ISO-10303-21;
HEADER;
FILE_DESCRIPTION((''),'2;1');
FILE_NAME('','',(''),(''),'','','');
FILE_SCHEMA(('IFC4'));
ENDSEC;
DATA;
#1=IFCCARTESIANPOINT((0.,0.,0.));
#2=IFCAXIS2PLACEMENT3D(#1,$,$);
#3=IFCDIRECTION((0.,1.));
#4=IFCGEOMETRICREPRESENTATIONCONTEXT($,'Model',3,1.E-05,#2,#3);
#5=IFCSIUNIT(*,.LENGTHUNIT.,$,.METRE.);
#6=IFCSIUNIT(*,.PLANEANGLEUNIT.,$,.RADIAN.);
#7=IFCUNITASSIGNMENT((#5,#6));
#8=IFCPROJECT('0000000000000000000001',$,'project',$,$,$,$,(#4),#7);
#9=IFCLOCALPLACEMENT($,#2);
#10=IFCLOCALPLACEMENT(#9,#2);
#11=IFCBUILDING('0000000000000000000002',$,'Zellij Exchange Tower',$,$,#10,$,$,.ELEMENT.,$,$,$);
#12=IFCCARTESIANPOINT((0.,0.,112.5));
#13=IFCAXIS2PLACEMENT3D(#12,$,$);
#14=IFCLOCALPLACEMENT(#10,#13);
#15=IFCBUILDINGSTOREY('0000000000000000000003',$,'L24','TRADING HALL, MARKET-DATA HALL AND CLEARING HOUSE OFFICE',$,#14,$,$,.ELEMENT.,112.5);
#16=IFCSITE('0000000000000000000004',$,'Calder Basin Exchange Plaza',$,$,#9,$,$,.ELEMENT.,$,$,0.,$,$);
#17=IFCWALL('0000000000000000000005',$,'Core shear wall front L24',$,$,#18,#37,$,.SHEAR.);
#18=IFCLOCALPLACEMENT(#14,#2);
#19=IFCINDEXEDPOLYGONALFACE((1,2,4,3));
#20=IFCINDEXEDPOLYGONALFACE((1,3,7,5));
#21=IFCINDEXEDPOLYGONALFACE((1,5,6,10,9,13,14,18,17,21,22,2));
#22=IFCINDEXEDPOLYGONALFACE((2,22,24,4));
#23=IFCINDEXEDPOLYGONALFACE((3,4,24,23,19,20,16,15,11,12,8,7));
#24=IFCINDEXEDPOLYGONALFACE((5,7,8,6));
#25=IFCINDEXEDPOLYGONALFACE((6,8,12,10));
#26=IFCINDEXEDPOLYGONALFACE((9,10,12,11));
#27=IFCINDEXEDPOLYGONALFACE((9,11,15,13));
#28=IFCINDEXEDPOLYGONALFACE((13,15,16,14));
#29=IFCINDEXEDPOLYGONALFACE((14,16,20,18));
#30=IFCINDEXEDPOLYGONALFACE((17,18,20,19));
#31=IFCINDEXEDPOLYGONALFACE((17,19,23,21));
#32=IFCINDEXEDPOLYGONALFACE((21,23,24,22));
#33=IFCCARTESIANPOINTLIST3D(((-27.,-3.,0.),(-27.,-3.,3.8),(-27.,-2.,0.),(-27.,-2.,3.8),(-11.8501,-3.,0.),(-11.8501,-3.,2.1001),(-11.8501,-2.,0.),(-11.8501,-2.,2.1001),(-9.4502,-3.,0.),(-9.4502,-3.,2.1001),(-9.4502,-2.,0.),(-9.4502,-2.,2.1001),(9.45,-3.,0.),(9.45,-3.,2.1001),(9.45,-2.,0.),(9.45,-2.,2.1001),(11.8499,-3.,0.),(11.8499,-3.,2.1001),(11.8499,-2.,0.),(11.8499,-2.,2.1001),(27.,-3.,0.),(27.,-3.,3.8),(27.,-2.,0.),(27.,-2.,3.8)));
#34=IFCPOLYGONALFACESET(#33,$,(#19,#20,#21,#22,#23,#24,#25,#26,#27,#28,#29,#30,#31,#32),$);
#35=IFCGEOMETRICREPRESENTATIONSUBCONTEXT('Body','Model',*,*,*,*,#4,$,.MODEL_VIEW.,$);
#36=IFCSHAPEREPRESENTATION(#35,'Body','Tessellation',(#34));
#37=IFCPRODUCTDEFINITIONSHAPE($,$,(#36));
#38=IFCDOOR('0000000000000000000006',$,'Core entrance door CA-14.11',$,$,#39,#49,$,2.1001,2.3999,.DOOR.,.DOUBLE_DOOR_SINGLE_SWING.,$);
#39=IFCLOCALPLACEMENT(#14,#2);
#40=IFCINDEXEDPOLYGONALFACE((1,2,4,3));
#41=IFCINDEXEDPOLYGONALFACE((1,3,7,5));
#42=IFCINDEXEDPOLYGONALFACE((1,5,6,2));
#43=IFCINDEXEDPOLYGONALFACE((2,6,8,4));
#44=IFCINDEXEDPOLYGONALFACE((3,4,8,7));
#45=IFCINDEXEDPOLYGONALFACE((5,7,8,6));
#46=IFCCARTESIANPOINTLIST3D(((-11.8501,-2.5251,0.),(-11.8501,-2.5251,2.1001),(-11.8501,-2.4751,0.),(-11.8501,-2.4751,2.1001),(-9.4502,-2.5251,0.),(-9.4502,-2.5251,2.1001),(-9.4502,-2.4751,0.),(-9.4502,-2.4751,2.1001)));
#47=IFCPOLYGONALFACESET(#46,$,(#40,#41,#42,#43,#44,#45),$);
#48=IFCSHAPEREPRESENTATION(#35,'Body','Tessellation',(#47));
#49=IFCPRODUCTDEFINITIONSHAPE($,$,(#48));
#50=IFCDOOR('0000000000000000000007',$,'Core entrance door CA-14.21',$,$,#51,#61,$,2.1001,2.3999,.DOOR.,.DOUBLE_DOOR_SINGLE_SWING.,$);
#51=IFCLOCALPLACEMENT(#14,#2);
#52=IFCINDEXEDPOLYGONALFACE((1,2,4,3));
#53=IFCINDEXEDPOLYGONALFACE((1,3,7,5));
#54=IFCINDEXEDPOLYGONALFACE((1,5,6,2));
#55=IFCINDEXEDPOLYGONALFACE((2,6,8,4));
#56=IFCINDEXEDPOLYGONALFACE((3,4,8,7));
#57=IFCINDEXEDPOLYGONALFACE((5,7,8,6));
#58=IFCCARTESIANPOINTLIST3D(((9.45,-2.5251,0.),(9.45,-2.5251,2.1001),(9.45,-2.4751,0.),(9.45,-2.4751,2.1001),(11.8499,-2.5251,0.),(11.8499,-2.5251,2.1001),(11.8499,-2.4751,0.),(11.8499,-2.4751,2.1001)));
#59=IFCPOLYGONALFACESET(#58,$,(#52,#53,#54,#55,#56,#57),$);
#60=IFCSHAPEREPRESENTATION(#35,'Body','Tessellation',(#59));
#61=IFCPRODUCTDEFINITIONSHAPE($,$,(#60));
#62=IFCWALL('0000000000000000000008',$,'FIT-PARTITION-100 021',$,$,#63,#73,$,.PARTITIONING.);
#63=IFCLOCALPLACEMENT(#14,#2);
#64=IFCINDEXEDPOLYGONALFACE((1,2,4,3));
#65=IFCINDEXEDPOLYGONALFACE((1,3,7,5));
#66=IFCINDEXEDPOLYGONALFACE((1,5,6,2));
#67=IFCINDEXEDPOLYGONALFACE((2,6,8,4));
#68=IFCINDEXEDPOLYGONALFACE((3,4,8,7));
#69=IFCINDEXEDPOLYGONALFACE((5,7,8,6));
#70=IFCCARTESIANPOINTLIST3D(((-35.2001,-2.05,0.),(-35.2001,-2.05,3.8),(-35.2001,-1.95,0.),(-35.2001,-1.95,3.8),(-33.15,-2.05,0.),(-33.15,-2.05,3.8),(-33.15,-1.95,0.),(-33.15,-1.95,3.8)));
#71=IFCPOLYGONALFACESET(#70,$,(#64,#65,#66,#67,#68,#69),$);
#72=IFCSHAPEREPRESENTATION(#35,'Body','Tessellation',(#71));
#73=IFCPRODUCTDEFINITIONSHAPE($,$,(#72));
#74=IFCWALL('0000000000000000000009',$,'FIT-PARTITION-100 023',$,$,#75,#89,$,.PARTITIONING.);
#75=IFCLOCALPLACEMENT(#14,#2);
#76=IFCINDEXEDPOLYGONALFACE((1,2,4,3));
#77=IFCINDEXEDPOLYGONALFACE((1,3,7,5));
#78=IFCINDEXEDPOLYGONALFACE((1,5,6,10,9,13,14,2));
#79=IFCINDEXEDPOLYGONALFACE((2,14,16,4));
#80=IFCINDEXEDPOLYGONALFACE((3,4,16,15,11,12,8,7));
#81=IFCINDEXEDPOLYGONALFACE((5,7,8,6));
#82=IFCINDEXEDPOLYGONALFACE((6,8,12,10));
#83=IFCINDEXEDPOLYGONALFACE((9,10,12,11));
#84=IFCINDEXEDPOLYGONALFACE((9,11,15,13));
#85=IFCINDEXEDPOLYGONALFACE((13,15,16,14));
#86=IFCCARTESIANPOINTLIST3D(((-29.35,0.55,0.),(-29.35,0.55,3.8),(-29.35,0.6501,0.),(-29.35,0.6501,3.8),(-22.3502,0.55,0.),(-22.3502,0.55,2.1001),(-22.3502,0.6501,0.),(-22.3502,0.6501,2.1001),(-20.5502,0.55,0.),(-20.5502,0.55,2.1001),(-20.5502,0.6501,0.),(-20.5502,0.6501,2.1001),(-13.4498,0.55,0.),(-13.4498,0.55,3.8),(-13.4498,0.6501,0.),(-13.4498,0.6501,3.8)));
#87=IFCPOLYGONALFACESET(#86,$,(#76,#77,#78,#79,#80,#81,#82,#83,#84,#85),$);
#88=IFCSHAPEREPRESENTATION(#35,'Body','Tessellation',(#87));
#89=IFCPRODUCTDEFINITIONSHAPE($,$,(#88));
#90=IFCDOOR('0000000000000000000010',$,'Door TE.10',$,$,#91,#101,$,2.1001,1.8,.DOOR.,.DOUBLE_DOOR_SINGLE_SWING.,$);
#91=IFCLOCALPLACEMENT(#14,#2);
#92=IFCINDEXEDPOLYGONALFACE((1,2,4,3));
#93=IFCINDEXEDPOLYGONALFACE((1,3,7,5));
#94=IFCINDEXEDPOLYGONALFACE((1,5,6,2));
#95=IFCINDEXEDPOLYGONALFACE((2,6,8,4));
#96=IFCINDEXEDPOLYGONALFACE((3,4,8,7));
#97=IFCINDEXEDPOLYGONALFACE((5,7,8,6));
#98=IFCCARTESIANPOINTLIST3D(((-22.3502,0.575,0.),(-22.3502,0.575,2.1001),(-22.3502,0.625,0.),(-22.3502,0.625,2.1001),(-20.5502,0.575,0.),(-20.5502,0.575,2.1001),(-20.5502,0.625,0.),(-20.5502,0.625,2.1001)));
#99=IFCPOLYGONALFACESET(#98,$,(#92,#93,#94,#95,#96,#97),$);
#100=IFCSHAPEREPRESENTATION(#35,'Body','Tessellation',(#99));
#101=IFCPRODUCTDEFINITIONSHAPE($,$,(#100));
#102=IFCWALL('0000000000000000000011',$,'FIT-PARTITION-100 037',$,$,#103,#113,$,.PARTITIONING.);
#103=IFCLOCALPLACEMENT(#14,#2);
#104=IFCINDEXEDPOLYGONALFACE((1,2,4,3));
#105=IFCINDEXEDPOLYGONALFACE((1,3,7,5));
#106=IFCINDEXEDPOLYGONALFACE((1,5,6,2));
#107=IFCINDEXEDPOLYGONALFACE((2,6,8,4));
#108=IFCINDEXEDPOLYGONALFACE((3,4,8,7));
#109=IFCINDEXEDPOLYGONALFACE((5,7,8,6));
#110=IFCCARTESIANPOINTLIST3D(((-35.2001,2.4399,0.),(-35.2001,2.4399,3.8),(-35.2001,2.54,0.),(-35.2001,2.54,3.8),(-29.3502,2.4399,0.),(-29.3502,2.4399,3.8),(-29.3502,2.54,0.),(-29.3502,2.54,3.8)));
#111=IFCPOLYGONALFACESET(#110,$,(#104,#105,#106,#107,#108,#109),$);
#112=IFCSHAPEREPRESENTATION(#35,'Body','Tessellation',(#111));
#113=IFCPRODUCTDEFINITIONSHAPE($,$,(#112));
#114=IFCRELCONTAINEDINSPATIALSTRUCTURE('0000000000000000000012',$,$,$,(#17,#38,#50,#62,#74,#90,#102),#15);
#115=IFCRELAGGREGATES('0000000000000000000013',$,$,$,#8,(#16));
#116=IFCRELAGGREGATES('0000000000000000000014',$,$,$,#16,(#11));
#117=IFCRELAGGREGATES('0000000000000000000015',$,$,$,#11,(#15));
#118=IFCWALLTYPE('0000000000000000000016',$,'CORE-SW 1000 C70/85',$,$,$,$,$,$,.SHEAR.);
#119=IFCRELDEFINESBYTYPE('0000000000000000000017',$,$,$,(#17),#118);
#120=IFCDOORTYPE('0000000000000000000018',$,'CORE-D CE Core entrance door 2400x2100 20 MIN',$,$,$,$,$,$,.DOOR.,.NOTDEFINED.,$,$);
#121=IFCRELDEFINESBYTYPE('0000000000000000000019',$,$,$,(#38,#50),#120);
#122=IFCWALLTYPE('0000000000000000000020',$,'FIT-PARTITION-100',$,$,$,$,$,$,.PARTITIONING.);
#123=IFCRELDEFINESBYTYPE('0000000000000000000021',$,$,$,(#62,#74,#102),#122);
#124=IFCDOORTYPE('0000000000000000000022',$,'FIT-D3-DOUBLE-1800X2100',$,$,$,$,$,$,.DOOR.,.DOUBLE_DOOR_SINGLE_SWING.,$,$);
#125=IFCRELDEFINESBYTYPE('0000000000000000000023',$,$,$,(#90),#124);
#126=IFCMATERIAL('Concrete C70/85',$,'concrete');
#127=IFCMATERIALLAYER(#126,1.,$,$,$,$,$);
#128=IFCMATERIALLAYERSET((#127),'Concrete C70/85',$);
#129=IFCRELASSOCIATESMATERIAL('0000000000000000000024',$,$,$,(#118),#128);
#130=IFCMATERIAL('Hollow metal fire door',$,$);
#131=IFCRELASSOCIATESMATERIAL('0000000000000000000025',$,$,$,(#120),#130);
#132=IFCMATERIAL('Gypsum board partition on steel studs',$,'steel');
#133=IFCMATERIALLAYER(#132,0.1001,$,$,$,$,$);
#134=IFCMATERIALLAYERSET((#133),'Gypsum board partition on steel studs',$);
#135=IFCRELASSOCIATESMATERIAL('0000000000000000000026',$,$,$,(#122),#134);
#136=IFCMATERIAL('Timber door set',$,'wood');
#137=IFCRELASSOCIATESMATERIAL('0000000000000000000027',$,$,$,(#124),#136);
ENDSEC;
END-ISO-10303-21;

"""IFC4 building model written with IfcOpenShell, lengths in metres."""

from ifc_helpers import new_model, si_unit, direction, frame, frame_2d, origin, place, context, subcontext, project, spatial, rectangle, extrude, material, layer, layer_set, type_object, element, fill, save


model = new_model("IFC4")

# Units and contexts
model_context = context("Model", 3, precision=1e-05, world=origin(), true_north=direction((0.0, 1.0)))
body_context = subcontext(model_context, "Body", "Model", "MODEL_VIEW")
ifc_project = project(units=[si_unit("LENGTHUNIT", "METRE"), si_unit("PLANEANGLEUNIT", "RADIAN")], contexts=[model_context])

# Site, building, storey
site_placement = place(None, origin())
site = spatial("IfcSite", under=ifc_project, at=site_placement, Name="Calder Basin Exchange Plaza", CompositionType="ELEMENT", RefElevation=0.0)
building_placement = place(site_placement, origin())
building = spatial("IfcBuilding", under=site, at=building_placement, Name="Zellij Exchange Tower", CompositionType="ELEMENT")
storey_placement = place(building_placement, frame((0.0, 0.0, 112.5)))
storey = spatial("IfcBuildingStorey", under=building, at=storey_placement, Name="L24", Description="TRADING HALL, MARKET-DATA HALL AND CLEARING HOUSE OFFICE", CompositionType="ELEMENT", Elevation=112.5)

# Shared definitions
ifc_material_1 = material(Name="Concrete C70/85", Category="concrete")

# Wall, openings, doors
ifc_material_2 = material(Name="Hollow metal fire door")
ifc_layer_1 = layer(ifc_material_1, 1.0)
ifc_layer_set_1 = layer_set([ifc_layer_1], Name="Concrete C70/85")
wall_type_1 = type_object("IfcWallType", Name="CORE-SW 1000 C70/85", PredefinedType="SHEAR", material=ifc_layer_set_1)
wall_1_placement = place(storey_placement, frame((-27.0, -2.5, 0.0), z_axis=(0.0, 0.0, 1.0), x_axis=(1.0, 0.0, 0.0)))
wall_1 = element("IfcWall", 1, at=wall_1_placement, inside=storey, type_object=wall_type_1, Name="Core shear wall front L24", PredefinedType="SHEAR", context=body_context, shape_type="SweptSolid", body=[
    extrude(rectangle(XDim=54.0, YDim=1.0, at=frame_2d((27.0, 0.0))), origin(), (0.0, 0.0, 1.0), 3.8),
])
opening_1_placement = place(wall_1_placement, frame((15.1499, 0.0, 0.0)))
opening_1 = element("IfcOpeningElement", 2, at=opening_1_placement, cuts=wall_1, PredefinedType="OPENING", context=body_context, shape_type="SweptSolid", body=[
    extrude(rectangle(XDim=2.3999, YDim=2.1001, at=frame_2d((1.2, 1.05))), frame((0.0, 0.512, 0.0), z_axis=(0.0, -1.0, 0.0), x_axis=(1.0, 0.0, 0.0)), (0.0, 0.0, 1.0), 1.0239),
])
opening_2_placement = place(wall_1_placement, frame((36.45, 0.0, 0.0)))
opening_2 = element("IfcOpeningElement", 3, at=opening_2_placement, cuts=wall_1, PredefinedType="OPENING", context=body_context, shape_type="SweptSolid", body=[
    extrude(rectangle(XDim=2.3999, YDim=2.1001, at=frame_2d((1.2, 1.05))), frame((0.0, 0.512, 0.0), z_axis=(0.0, -1.0, 0.0), x_axis=(1.0, 0.0, 0.0)), (0.0, 0.0, 1.0), 1.0239),
])
door_type_1 = type_object("IfcDoorType", Name="CORE-D CE Core entrance door 2400x2100 20 MIN", OperationType="NOTDEFINED", PredefinedType="DOOR", material=ifc_material_2)
door_1_placement = place(opening_1_placement, origin())
door_1 = element("IfcDoor", 4, at=door_1_placement, inside=storey, type_object=door_type_1, Name="Core entrance door CA-14.11", OperationType="DOUBLE_DOOR_SINGLE_SWING", OverallHeight=2.1001, OverallWidth=2.3999, PredefinedType="DOOR", context=body_context, shape_type="SweptSolid", body=[
    extrude(rectangle(XDim=2.3999, YDim=2.1001, at=frame_2d((1.2, 1.05))), frame((0.0, 0.0249, 0.0), z_axis=(0.0, -1.0, 0.0), x_axis=(1.0, 0.0, 0.0)), (0.0, 0.0, 1.0), 0.05),
])
fill(opening_1, door_1)
door_2_placement = place(opening_2_placement, origin())
door_2 = element("IfcDoor", 5, at=door_2_placement, inside=storey, type_object=door_type_1, Name="Core entrance door CA-14.21", OperationType="DOUBLE_DOOR_SINGLE_SWING", OverallHeight=2.1001, OverallWidth=2.3999, PredefinedType="DOOR", context=body_context, shape_type="SweptSolid", body=[
    extrude(rectangle(XDim=2.3999, YDim=2.1001, at=frame_2d((1.2, 1.05))), frame((0.0, 0.0249, 0.0), z_axis=(0.0, -1.0, 0.0), x_axis=(1.0, 0.0, 0.0)), (0.0, 0.0, 1.0), 0.05),
])
fill(opening_2, door_2)

# Wall
ifc_material_3 = material(Name="Gypsum board partition on steel studs", Category="steel")
ifc_layer_2 = layer(ifc_material_3, 0.1001)
ifc_layer_set_2 = layer_set([ifc_layer_2], Name="Gypsum board partition on steel studs")
wall_type_2 = type_object("IfcWallType", Name="FIT-PARTITION-100", PredefinedType="PARTITIONING", material=ifc_layer_set_2)
wall_2_placement = place(storey_placement, frame((-35.2, -2.0, 0.0), z_axis=(0.0, 0.0, 1.0), x_axis=(1.0, 0.0, 0.0)))
element("IfcWall", 6, at=wall_2_placement, inside=storey, type_object=wall_type_2, Name="FIT-PARTITION-100 021", PredefinedType="PARTITIONING", context=body_context, shape_type="SweptSolid", body=[
    extrude(rectangle(XDim=2.05, YDim=0.1001, at=frame_2d((1.0249, 0.0))), origin(), (0.0, 0.0, 1.0), 3.8),
])

# Wall, opening, door
wall_3_placement = place(storey_placement, frame((-29.3501, 0.6001, 0.0), z_axis=(0.0, 0.0, 1.0), x_axis=(1.0, 0.0, 0.0)))
wall_3 = element("IfcWall", 7, at=wall_3_placement, inside=storey, type_object=wall_type_2, Name="FIT-PARTITION-100 023", PredefinedType="PARTITIONING", context=body_context, shape_type="SweptSolid", body=[
    extrude(rectangle(XDim=15.9001, YDim=0.1001, at=frame_2d((7.9502, 0.0))), origin(), (0.0, 0.0, 1.0), 3.8),
])
opening_3_placement = place(wall_3_placement, frame((7.0, 0.0, 0.0)))
opening_3 = element("IfcOpeningElement", 8, at=opening_3_placement, cuts=wall_3, PredefinedType="OPENING", context=body_context, shape_type="SweptSolid", body=[
    extrude(rectangle(XDim=1.8, YDim=2.1001, at=frame_2d((0.8999, 1.05))), frame((0.0, 0.062, 0.0), z_axis=(0.0, -1.0, 0.0), x_axis=(1.0, 0.0, 0.0)), (0.0, 0.0, 1.0), 0.124),
])
ifc_material_4 = material(Name="Timber door set", Category="wood")
door_type_2 = type_object("IfcDoorType", Name="FIT-D3-DOUBLE-1800X2100", OperationType="DOUBLE_DOOR_SINGLE_SWING", PredefinedType="DOOR", material=ifc_material_4)
door_3_placement = place(opening_3_placement, origin())
door_3 = element("IfcDoor", 9, at=door_3_placement, inside=storey, type_object=door_type_2, Name="Door TE.10", OperationType="DOUBLE_DOOR_SINGLE_SWING", OverallHeight=2.1001, OverallWidth=1.8, PredefinedType="DOOR", context=body_context, shape_type="SweptSolid", body=[
    extrude(rectangle(XDim=1.8, YDim=2.1001, at=frame_2d((0.8999, 1.05))), frame((0.0, 0.0249, 0.0), z_axis=(0.0, -1.0, 0.0), x_axis=(1.0, 0.0, 0.0)), (0.0, 0.0, 1.0), 0.05),
])
fill(opening_3, door_3)

# Wall
wall_4_placement = place(storey_placement, frame((-35.2, 2.49, 0.0), z_axis=(0.0, 0.0, 1.0), x_axis=(1.0, 0.0, 0.0)))
element("IfcWall", 10, at=wall_4_placement, inside=storey, type_object=wall_type_2, Name="FIT-PARTITION-100 037", PredefinedType="PARTITIONING", context=body_context, shape_type="SweptSolid", body=[
    extrude(rectangle(XDim=5.8499, YDim=0.1001, at=frame_2d((2.9248, 0.0))), origin(), (0.0, 0.0, 1.0), 3.8),
])

save(model, "model.ifc")
